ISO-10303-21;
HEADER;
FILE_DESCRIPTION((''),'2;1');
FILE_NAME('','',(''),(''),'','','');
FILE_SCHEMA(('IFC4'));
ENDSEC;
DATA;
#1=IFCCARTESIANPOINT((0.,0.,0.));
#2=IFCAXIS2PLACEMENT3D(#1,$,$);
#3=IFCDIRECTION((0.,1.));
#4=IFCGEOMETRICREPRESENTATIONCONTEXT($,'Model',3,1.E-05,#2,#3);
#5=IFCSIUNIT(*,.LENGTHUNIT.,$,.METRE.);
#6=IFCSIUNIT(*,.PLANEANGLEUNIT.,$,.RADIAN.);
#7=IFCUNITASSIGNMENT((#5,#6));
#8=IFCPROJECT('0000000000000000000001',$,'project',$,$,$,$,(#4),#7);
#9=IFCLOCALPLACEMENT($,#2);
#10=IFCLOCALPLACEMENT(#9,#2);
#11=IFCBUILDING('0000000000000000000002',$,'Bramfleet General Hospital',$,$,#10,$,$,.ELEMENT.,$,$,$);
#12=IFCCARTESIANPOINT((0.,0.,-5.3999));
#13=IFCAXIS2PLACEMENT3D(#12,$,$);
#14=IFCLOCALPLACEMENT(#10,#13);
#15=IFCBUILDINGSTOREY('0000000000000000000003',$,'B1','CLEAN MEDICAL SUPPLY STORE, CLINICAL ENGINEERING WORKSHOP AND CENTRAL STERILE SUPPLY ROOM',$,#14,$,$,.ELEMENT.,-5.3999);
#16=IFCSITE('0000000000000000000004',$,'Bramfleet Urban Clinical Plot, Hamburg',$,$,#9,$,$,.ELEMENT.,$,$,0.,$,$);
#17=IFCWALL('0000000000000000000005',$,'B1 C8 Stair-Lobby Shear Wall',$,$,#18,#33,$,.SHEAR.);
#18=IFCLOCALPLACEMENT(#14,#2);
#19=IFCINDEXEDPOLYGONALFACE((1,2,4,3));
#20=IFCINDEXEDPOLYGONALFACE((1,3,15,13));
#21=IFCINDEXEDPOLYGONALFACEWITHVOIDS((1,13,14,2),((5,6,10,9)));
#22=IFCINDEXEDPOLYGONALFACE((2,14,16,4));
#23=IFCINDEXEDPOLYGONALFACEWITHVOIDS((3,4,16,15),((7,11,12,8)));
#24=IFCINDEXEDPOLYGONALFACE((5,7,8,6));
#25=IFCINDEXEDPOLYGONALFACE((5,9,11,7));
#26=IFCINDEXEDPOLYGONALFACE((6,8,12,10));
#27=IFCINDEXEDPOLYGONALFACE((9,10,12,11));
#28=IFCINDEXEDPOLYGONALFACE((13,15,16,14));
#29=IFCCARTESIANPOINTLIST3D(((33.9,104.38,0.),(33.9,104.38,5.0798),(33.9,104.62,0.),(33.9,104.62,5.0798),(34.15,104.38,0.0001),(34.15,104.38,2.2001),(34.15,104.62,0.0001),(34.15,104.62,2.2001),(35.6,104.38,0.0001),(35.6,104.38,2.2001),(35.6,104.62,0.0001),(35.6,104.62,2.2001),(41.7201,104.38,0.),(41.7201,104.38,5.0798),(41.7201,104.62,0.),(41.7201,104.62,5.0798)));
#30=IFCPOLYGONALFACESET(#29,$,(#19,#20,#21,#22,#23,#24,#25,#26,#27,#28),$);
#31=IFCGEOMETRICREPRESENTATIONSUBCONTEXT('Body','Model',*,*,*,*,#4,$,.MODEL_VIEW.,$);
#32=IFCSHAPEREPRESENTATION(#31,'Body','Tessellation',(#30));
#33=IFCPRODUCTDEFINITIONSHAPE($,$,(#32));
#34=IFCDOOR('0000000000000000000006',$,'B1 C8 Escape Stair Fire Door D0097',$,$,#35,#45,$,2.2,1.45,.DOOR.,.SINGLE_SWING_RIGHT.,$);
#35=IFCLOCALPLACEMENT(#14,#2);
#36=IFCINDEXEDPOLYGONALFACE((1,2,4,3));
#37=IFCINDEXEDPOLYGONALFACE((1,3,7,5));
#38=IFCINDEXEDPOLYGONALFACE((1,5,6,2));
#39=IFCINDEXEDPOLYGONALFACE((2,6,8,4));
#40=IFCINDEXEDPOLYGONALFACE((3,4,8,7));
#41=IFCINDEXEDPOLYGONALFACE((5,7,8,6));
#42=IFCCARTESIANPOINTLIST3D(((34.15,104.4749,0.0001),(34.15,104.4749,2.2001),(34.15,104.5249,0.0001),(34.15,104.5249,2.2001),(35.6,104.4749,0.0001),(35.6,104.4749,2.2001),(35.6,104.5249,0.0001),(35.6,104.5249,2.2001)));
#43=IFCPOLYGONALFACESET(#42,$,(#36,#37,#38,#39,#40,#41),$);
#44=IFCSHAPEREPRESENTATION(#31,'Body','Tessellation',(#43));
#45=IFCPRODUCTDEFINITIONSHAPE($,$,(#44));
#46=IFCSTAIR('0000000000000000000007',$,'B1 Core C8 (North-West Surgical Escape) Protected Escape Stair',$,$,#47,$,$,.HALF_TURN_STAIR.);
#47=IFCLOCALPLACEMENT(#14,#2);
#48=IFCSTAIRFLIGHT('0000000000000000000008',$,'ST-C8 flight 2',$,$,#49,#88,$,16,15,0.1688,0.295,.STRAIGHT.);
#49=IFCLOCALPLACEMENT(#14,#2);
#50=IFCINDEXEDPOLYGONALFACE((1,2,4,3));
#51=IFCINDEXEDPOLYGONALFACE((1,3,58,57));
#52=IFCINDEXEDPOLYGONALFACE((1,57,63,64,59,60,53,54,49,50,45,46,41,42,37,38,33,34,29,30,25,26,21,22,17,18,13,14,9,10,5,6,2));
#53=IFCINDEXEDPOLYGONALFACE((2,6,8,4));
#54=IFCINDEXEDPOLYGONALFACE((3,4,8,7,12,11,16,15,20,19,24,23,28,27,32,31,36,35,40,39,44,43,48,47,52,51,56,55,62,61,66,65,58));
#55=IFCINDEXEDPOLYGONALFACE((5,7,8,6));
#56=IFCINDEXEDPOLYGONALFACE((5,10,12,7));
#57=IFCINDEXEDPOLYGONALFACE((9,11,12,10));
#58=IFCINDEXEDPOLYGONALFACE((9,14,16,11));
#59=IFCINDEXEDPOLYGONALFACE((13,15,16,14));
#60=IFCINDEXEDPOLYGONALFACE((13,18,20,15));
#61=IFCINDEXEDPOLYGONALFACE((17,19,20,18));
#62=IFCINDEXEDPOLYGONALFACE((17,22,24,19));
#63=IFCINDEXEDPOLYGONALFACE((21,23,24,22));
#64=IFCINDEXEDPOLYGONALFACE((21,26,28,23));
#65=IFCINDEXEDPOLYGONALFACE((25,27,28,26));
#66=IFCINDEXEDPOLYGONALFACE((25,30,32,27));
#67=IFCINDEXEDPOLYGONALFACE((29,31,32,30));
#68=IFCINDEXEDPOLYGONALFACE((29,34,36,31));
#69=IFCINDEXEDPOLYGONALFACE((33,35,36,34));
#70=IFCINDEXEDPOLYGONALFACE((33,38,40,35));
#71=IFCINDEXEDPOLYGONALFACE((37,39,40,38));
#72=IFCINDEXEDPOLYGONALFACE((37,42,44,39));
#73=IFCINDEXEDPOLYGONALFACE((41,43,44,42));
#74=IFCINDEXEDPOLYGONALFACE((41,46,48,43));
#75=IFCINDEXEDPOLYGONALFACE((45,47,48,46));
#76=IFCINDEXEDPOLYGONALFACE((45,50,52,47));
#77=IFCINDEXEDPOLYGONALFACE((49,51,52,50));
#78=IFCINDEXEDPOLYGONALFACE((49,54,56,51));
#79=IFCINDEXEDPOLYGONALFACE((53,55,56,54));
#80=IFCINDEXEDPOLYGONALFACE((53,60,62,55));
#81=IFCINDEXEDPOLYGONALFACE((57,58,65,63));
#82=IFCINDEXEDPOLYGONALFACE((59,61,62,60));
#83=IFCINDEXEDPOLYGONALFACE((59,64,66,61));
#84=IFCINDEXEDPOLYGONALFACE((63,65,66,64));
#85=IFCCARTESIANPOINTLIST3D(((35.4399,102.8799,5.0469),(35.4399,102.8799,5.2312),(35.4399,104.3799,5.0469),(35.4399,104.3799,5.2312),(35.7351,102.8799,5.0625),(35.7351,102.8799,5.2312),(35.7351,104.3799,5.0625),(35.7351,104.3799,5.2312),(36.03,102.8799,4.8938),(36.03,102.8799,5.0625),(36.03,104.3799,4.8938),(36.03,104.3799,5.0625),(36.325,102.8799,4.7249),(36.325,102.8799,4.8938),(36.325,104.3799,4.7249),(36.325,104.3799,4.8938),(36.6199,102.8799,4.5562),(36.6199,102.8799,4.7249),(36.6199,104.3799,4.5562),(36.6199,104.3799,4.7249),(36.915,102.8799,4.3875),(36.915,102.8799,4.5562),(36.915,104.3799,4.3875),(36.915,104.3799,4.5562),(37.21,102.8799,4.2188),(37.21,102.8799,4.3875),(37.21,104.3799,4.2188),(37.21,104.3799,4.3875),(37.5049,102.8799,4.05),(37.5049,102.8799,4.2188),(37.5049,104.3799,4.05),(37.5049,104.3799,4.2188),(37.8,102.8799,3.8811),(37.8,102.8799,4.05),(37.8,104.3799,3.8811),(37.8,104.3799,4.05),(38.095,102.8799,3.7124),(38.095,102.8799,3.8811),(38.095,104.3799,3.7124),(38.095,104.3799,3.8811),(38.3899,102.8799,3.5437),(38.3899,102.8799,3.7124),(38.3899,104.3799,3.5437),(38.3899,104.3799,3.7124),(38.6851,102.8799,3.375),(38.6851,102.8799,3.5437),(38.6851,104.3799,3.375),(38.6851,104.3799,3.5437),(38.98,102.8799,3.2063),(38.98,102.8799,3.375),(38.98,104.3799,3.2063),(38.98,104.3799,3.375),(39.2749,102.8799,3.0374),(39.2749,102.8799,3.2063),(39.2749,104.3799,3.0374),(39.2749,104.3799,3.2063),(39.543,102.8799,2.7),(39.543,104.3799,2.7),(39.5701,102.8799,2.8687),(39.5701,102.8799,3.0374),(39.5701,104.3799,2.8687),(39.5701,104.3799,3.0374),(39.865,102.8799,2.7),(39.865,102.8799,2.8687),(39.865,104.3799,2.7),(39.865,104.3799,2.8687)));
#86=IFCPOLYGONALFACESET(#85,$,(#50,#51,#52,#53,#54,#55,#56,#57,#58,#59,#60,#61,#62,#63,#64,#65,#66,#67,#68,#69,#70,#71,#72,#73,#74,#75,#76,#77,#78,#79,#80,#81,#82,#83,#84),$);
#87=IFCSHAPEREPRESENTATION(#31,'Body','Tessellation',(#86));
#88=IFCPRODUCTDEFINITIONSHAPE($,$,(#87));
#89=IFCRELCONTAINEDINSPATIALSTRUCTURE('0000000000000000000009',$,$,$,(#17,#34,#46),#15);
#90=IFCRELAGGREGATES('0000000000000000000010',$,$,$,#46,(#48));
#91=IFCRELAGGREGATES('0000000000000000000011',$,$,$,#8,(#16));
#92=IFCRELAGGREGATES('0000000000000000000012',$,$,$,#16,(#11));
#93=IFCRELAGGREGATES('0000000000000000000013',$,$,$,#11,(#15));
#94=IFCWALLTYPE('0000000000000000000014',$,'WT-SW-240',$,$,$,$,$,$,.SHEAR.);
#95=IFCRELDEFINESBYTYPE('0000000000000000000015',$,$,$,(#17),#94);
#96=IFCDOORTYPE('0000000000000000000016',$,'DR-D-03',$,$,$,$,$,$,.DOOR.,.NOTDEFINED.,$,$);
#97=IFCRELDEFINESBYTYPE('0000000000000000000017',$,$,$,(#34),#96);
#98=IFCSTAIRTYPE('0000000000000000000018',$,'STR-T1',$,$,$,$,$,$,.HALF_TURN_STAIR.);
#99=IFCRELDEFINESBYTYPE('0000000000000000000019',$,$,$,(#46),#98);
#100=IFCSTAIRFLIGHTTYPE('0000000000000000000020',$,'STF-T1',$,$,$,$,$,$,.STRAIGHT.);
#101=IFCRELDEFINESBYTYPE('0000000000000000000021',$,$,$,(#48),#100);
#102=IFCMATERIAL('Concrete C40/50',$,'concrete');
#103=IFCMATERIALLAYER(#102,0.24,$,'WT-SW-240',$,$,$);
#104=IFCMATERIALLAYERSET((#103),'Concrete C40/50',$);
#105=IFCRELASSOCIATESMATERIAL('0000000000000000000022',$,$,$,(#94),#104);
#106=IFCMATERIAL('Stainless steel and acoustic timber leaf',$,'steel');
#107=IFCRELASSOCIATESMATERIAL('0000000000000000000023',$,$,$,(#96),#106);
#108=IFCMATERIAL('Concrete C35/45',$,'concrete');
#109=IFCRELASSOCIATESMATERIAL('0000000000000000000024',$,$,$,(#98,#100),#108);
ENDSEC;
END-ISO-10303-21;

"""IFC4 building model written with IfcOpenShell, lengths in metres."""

from ifc_helpers import new_model, si_unit, direction, frame, frame_2d, origin, place, context, subcontext, project, spatial, polyline, rectangle, outline, extrude, material, layer, layer_set, type_object, element, fill, aggregate, save


model = new_model("IFC4")

# Units and contexts
model_context = context("Model", 3, precision=1e-05, world=origin(), true_north=direction((0.0, 1.0)))
body_context = subcontext(model_context, "Body", "Model", "MODEL_VIEW")
ifc_project = project(units=[si_unit("LENGTHUNIT", "METRE"), si_unit("PLANEANGLEUNIT", "RADIAN")], contexts=[model_context])

# Site, building, storey
site_placement = place(None, origin())
site = spatial("IfcSite", under=ifc_project, at=site_placement, Name="Bramfleet Urban Clinical Plot, Hamburg", CompositionType="ELEMENT", RefElevation=0.0)
building_placement = place(site_placement, origin())
building = spatial("IfcBuilding", under=site, at=building_placement, Name="Bramfleet General Hospital", CompositionType="ELEMENT")
storey_placement = place(building_placement, frame((0.0, 0.0, -5.3999)))
storey = spatial("IfcBuildingStorey", under=building, at=storey_placement, Name="B1", Description="CLEAN MEDICAL SUPPLY STORE, CLINICAL ENGINEERING WORKSHOP AND CENTRAL STERILE SUPPLY ROOM", CompositionType="ELEMENT", Elevation=-5.3999)

# Shared definitions
ifc_material_1 = material(Name="Concrete C35/45", Category="concrete")

# Shared definitions
ifc_material_2 = material(Name="Concrete C40/50", Category="concrete")

# Shared definitions
ifc_material_3 = material(Name="Stainless steel and acoustic timber leaf", Category="steel")

# Wall, opening, door
ifc_layer_1 = layer(ifc_material_2, 0.24, Name="WT-SW-240")
ifc_layer_set_1 = layer_set([ifc_layer_1], Name="Concrete C40/50")
wall_type_1 = type_object("IfcWallType", Name="WT-SW-240", PredefinedType="SHEAR", material=ifc_layer_set_1)
wall_1_placement = place(storey_placement, frame((33.8999, 104.5, 0.0), z_axis=(0.0, 0.0, 1.0), x_axis=(1.0, 0.0, 0.0)))
wall_1 = element("IfcWall", 1, at=wall_1_placement, inside=storey, type_object=wall_type_1, Name="B1 C8 Stair-Lobby Shear Wall", PredefinedType="SHEAR", context=body_context, shape_type="SweptSolid", body=[
    extrude(rectangle(XDim=7.8201, YDim=0.24, at=frame_2d((3.9102, 0.0))), origin(), (0.0, 0.0, 1.0), 5.0798),
])
opening_1_placement = place(wall_1_placement, frame((0.25, 0.0, 0.0)))
opening_1 = element("IfcOpeningElement", 2, at=opening_1_placement, cuts=wall_1, PredefinedType="OPENING", context=body_context, shape_type="SweptSolid", body=[
    extrude(rectangle(XDim=1.45, YDim=2.2, at=frame_2d((0.7251, 1.1001))), frame((0.0, 0.1299, 0.0), z_axis=(0.0, -1.0, 0.0), x_axis=(1.0, 0.0, 0.0)), (0.0, 0.0, 1.0), 0.26),
])
door_type_1 = type_object("IfcDoorType", Name="DR-D-03", OperationType="NOTDEFINED", PredefinedType="DOOR", material=ifc_material_3)
door_1_placement = place(opening_1_placement, origin())
door_1 = element("IfcDoor", 3, at=door_1_placement, inside=storey, type_object=door_type_1, Name="B1 C8 Escape Stair Fire Door D0097", OperationType="SINGLE_SWING_RIGHT", OverallHeight=2.2, OverallWidth=1.45, PredefinedType="DOOR", context=body_context, shape_type="SweptSolid", body=[
    extrude(rectangle(XDim=1.45, YDim=2.2, at=frame_2d((0.7251, 1.1001))), frame((0.0, 0.0249, 0.0), z_axis=(0.0, -1.0, 0.0), x_axis=(1.0, 0.0, 0.0)), (0.0, 0.0, 1.0), 0.05),
])
fill(opening_1, door_1)

# Stair, stair flight
stair_type = type_object("IfcStairType", Name="STR-T1", PredefinedType="HALF_TURN_STAIR", material=ifc_material_1)
stair_placement = place(storey_placement, origin())
stair = element("IfcStair", 4, at=stair_placement, inside=storey, type_object=stair_type, Name="B1 Core C8 (North-West Surgical Escape) Protected Escape Stair", PredefinedType="HALF_TURN_STAIR")
stair_flight_type = type_object("IfcStairFlightType", Name="STF-T1", PredefinedType="STRAIGHT", material=ifc_material_1)
stair_flight_placement = place(storey_placement, frame((39.865, 103.6299, 2.7), z_axis=(0.0, 0.0, 1.0), x_axis=(-1.0, 0.0, 0.0)))
stair_flight = element("IfcStairFlight", 5, at=stair_flight_placement, type_object=stair_flight_type, Name="ST-C8 flight 2", NumberOfRisers=16, NumberOfTreads=15, PredefinedType="STRAIGHT", RiserHeight=0.1688, TreadLength=0.295, context=body_context, shape_type="SweptSolid", body=[
    extrude(outline(polyline([(0.0, 0.0), (0.0, 0.1687), (0.2949, 0.1687), (0.2949, 0.3374), (0.5901, 0.3374), (0.5901, 0.5063), (0.885, 0.5063), (0.885, 0.675), (1.1799, 0.675), (1.1799, 0.8438), (1.4751, 0.8438), (1.4751, 1.0125), (1.77, 1.0125), (1.77, 1.1812), (2.0649, 1.1812), (2.0649, 1.3501), (2.3601, 1.3501), (2.3601, 1.5188), (2.655, 1.5188), (2.655, 1.6875), (2.95, 1.6875), (2.95, 1.8562), (3.2451, 1.8562), (3.2451, 2.0249), (3.54, 2.0249), (3.54, 2.1938), (3.835, 2.1938), (3.835, 2.3625), (4.1299, 2.3625), (4.1299, 2.5312), (4.425, 2.5312), (4.425, 2.7), (4.425, 2.3469), (0.322, 0.0), (0.0, 0.0)])), frame((0.0, 0.75, 0.0), z_axis=(0.0, -1.0, 0.0), x_axis=(1.0, 0.0, 0.0)), (0.0, 0.0, 1.0), 1.5),
])
aggregate(stair, [stair_flight])

save(model, "model.ifc")
